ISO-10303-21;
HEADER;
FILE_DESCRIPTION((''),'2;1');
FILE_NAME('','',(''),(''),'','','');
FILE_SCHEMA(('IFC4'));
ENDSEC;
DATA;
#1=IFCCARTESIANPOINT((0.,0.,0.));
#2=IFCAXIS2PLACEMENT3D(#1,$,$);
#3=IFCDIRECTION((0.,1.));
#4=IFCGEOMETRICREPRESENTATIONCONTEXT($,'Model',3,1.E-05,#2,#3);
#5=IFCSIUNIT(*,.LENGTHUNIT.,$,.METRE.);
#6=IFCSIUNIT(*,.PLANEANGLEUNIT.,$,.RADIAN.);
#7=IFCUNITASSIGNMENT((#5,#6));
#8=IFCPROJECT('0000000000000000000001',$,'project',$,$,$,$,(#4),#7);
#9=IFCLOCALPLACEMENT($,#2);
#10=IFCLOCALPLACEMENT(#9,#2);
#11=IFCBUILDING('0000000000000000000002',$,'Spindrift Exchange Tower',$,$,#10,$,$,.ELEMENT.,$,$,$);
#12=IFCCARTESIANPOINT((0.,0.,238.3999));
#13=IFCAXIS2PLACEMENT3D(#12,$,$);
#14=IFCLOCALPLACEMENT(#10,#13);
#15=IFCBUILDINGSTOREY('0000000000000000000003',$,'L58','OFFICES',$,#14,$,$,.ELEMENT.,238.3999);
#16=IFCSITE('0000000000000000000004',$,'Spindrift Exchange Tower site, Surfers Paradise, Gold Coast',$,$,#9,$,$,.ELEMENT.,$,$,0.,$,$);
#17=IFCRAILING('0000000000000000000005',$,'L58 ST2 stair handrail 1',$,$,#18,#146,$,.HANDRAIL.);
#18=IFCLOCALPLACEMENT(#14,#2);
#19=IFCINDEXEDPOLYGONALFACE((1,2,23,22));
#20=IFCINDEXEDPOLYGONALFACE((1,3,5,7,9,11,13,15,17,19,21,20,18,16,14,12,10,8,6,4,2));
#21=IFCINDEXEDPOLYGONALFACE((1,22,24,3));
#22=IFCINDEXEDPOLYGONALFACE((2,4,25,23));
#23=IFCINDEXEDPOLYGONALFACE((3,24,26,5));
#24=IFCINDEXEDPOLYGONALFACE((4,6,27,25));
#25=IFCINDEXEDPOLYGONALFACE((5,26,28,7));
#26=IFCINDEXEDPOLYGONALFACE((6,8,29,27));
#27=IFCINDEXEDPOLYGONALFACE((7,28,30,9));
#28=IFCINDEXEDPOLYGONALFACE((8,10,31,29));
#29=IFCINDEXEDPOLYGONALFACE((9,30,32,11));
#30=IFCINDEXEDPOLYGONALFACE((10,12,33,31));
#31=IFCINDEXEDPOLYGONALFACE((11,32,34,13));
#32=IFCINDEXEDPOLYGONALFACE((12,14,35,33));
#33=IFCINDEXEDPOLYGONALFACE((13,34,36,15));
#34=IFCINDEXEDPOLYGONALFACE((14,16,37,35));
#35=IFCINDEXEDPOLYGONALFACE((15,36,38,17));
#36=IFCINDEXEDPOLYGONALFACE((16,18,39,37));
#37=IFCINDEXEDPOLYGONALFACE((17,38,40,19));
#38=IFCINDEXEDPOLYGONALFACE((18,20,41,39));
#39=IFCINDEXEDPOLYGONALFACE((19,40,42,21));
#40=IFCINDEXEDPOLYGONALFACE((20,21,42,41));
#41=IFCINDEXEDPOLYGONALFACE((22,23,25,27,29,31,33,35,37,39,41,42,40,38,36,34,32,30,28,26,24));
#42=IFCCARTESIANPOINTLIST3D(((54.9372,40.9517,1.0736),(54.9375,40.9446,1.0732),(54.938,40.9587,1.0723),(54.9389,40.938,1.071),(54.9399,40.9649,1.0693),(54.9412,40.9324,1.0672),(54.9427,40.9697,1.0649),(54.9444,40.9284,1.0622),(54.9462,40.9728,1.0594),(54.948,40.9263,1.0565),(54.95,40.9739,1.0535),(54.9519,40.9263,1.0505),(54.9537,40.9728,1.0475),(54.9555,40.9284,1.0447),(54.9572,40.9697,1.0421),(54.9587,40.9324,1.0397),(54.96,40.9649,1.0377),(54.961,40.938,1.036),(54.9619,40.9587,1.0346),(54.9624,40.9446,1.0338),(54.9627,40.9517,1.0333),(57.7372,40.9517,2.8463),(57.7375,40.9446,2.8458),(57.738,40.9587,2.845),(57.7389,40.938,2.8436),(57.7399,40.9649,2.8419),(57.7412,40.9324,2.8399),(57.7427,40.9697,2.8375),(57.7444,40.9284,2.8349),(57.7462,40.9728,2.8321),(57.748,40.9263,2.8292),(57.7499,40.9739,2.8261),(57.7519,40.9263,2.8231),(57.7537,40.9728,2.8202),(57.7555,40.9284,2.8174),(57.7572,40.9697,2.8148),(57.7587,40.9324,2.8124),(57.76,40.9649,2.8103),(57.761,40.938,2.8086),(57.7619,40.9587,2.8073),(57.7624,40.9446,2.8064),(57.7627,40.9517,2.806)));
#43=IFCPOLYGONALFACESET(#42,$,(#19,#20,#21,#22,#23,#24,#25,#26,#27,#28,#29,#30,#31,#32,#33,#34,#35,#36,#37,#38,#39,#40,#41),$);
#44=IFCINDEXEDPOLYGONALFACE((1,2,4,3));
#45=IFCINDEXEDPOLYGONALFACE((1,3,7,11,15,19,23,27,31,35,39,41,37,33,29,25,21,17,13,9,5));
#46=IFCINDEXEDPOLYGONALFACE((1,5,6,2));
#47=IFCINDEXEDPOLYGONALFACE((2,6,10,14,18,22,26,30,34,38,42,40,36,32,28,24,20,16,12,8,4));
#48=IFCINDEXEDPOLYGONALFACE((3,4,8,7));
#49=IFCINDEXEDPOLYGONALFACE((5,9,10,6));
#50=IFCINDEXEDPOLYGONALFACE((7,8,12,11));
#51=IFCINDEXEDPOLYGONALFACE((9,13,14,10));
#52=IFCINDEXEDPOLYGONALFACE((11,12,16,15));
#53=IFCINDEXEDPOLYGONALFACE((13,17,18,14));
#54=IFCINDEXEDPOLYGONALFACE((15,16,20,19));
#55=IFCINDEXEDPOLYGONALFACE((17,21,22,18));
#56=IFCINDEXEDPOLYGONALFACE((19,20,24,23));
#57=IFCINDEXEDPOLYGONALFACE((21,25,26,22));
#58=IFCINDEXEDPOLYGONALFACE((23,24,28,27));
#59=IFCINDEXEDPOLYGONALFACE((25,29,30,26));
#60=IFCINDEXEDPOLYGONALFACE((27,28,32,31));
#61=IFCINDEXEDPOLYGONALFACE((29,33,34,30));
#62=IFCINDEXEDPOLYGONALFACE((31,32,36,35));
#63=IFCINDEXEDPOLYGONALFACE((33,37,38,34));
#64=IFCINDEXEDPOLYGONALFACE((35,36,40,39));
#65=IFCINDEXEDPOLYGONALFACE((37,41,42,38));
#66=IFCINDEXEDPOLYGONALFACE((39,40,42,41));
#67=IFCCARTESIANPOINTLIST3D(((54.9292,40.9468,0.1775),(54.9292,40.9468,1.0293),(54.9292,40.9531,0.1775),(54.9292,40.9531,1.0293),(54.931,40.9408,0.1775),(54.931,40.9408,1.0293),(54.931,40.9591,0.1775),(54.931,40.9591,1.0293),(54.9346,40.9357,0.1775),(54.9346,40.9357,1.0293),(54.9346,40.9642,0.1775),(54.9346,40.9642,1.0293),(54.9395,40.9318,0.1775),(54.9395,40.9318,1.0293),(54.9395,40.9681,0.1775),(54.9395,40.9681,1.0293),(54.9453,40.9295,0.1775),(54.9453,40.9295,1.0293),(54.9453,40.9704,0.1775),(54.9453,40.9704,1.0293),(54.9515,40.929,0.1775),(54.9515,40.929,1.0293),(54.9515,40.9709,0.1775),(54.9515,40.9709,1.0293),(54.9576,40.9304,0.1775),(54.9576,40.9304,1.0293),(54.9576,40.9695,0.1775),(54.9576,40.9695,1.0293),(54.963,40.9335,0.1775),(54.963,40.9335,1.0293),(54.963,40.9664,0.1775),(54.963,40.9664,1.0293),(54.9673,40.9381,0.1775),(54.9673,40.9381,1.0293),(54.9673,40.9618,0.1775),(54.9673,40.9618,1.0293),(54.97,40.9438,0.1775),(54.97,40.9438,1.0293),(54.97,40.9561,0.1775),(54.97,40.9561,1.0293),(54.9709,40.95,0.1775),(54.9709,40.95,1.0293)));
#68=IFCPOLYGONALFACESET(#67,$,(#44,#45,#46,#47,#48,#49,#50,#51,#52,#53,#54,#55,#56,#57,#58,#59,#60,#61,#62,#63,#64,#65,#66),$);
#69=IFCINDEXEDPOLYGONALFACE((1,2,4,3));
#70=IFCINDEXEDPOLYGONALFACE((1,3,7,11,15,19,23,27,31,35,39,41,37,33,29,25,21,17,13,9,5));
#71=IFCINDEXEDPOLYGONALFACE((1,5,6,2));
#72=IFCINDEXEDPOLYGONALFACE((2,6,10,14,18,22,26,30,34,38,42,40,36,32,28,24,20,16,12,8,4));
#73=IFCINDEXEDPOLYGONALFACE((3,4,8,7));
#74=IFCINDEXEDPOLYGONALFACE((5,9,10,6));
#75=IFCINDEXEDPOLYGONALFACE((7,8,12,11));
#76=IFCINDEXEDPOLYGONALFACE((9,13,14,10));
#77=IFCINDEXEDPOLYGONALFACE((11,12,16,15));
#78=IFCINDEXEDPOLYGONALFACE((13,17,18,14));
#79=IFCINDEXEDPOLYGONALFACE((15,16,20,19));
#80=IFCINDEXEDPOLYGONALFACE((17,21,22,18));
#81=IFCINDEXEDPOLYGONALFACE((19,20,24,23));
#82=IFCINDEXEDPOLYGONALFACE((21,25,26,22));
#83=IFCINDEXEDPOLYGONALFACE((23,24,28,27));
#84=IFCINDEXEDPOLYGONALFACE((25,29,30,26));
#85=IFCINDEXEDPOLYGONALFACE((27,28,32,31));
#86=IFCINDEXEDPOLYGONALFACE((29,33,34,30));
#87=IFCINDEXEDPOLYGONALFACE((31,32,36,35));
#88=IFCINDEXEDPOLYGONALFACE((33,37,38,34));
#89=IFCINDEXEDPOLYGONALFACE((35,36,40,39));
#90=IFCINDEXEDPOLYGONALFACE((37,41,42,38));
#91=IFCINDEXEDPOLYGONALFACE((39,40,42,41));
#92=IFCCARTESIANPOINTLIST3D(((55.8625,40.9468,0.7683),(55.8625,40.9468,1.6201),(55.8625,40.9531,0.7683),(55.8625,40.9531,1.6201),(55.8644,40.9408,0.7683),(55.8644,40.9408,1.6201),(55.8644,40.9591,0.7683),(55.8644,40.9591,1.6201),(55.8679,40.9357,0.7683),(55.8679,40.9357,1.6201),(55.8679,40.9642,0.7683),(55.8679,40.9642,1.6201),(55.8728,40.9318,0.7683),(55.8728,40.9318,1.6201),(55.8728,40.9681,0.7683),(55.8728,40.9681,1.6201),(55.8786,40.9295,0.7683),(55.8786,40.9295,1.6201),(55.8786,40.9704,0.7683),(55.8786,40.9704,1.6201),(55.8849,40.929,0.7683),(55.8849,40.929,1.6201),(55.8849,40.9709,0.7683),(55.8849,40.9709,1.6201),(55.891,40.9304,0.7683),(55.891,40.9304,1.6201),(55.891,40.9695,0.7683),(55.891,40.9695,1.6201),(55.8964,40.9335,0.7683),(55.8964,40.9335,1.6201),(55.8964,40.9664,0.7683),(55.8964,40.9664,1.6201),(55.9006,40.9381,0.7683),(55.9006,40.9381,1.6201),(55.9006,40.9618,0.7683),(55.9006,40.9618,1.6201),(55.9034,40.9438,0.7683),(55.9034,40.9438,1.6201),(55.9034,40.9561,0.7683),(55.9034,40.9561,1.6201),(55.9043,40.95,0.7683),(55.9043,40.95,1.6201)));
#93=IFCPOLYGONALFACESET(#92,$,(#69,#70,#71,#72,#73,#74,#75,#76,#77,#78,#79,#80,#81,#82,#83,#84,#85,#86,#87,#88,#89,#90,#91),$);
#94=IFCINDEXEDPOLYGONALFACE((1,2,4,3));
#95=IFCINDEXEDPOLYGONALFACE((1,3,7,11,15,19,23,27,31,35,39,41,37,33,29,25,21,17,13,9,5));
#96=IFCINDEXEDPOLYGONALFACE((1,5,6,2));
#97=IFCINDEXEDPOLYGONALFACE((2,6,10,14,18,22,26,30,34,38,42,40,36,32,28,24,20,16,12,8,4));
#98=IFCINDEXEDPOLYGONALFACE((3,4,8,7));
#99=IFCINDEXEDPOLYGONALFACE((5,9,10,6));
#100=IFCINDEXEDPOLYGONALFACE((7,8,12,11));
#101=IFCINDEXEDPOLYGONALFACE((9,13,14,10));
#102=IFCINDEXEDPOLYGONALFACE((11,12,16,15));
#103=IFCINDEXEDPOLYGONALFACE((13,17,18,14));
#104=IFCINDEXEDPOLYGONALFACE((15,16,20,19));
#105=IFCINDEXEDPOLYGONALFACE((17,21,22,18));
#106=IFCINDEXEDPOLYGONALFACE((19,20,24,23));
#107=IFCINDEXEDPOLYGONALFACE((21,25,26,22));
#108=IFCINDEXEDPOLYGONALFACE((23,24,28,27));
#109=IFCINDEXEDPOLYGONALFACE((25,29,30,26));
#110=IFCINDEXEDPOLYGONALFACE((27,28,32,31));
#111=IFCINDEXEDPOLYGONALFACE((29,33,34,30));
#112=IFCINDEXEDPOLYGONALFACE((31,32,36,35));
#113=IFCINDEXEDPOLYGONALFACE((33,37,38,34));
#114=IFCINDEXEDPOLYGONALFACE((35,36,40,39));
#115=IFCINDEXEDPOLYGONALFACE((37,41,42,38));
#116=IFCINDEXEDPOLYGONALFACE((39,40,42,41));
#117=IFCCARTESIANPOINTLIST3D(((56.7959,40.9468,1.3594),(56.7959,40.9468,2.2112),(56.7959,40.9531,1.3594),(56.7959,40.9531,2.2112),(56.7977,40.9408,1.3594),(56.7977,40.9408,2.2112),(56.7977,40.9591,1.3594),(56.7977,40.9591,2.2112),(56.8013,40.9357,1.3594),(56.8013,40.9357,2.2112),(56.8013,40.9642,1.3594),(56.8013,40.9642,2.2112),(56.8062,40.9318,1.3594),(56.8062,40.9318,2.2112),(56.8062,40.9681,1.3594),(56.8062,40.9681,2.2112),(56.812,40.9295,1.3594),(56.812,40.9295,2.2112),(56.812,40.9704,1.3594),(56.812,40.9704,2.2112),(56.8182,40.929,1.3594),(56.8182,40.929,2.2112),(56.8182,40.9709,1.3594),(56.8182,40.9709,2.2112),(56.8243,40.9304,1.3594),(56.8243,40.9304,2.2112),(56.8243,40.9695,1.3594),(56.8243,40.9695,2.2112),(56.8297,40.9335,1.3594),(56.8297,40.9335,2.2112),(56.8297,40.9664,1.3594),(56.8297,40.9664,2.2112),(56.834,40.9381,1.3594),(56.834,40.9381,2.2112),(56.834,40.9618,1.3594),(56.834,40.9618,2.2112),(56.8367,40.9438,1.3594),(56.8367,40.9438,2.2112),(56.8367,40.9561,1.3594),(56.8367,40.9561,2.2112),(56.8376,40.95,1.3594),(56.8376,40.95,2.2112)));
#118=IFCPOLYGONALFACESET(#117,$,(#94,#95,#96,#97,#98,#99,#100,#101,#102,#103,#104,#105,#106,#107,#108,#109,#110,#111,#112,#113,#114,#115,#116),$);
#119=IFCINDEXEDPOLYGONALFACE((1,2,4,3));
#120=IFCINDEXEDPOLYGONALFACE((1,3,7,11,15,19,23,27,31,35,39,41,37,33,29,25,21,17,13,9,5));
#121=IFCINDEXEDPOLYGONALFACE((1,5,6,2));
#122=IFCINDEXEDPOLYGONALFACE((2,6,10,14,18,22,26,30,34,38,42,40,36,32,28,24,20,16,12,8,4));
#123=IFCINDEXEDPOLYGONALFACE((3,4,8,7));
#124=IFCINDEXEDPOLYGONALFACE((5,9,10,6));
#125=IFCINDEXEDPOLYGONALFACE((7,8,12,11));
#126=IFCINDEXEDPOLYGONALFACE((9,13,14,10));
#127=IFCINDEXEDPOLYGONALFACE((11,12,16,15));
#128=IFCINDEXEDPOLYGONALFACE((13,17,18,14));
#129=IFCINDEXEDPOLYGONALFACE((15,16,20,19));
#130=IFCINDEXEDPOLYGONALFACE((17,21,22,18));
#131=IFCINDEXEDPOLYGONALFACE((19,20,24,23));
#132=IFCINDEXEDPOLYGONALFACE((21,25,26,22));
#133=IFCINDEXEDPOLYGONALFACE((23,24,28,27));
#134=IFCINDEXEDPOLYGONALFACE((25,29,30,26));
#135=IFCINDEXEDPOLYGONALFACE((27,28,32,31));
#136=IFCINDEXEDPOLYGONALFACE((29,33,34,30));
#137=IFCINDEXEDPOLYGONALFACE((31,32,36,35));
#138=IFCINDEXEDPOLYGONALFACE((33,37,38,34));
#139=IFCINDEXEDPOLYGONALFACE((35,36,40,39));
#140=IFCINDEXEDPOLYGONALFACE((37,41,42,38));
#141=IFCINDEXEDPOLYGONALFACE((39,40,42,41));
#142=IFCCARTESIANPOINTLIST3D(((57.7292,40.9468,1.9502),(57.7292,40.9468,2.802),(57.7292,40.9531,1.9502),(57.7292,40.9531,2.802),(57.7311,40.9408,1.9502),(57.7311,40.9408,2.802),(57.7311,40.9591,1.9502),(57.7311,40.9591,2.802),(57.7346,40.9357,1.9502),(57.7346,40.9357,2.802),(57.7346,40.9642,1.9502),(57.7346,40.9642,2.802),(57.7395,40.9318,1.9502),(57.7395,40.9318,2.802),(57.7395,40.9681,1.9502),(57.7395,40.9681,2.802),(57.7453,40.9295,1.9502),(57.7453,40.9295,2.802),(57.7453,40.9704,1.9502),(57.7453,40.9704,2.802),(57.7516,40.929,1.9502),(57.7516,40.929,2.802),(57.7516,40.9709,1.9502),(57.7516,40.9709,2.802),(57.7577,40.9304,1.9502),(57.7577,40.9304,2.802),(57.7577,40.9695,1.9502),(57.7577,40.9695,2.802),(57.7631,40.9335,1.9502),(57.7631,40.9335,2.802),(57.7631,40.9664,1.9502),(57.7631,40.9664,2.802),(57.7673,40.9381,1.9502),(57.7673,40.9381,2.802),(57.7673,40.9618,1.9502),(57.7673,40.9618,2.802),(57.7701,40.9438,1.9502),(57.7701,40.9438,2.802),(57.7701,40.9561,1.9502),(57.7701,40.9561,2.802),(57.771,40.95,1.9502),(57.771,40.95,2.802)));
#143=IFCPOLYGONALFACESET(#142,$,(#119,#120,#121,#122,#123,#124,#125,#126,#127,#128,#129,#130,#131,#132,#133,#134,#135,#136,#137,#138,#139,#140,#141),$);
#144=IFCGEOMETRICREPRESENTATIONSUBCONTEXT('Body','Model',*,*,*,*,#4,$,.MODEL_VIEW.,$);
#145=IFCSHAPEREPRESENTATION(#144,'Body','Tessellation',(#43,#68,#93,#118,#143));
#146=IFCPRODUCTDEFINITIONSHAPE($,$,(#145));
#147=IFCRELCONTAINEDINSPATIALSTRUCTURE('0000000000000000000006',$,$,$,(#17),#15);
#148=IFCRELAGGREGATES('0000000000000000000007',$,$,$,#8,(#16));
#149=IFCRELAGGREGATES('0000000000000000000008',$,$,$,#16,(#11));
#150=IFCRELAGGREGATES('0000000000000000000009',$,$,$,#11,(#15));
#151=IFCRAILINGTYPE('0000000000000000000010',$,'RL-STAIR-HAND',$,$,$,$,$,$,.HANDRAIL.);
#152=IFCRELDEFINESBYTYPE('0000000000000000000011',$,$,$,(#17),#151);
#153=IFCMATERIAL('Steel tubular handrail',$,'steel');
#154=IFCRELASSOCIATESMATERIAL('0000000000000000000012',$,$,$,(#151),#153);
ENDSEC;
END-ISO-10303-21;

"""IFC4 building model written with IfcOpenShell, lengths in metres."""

from ifc_helpers import new_model, si_unit, direction, frame, origin, origin_2d, place, context, subcontext, project, spatial, circle, extrude, material, type_object, element, save


model = new_model("IFC4")

# Units and contexts
model_context = context("Model", 3, precision=1e-05, world=origin(), true_north=direction((0.0, 1.0)))
body_context = subcontext(model_context, "Body", "Model", "MODEL_VIEW")
ifc_project = project(units=[si_unit("LENGTHUNIT", "METRE"), si_unit("PLANEANGLEUNIT", "RADIAN")], contexts=[model_context])

# Site, building, storey
site_placement = place(None, origin())
site = spatial("IfcSite", under=ifc_project, at=site_placement, Name="Spindrift Exchange Tower site, Surfers Paradise, Gold Coast", CompositionType="ELEMENT", RefElevation=0.0)
building_placement = place(site_placement, origin())
building = spatial("IfcBuilding", under=site, at=building_placement, Name="Spindrift Exchange Tower", CompositionType="ELEMENT")
storey_placement = place(building_placement, frame((0.0, 0.0, 238.3999)))
storey = spatial("IfcBuildingStorey", under=building, at=storey_placement, Name="L58", Description="OFFICES", CompositionType="ELEMENT", Elevation=238.3999)

# Railing
ifc_material_1 = material(Name="Steel tubular handrail", Category="steel")
railing_type_1 = type_object("IfcRailingType", Name="RL-STAIR-HAND", PredefinedType="HANDRAIL", material=ifc_material_1)
railing_1_placement = place(storey_placement, frame((54.95, 40.95, 0.1775)))
element("IfcRailing", 1, at=railing_1_placement, inside=storey, type_object=railing_type_1, Name="L58 ST2 stair handrail 1", PredefinedType="HANDRAIL", context=body_context, shape_type="SweptSolid", body=[
    extrude(circle(Radius=0.0239, at=origin_2d()), frame((0.0, 0.0, 0.876), z_axis=(0.844909, 0.0, 0.53491), x_axis=(0.0, 1.0, 0.0)), (0.0, 0.0, 1.0), 3.314),
    extrude(circle(Radius=0.021, at=origin_2d()), origin(), (0.0, 0.0, 1.0), 0.8518),
    extrude(circle(Radius=0.021, at=origin_2d()), frame((0.9333, 0.0, 0.5908)), (0.0, 0.0, 1.0), 0.8518),
    extrude(circle(Radius=0.021, at=origin_2d()), frame((1.8667, 0.0, 1.1819)), (0.0, 0.0, 1.0), 0.8518),
    extrude(circle(Radius=0.021, at=origin_2d()), frame((2.8, 0.0, 1.7727)), (0.0, 0.0, 1.0), 0.8518),
])

save(model, "model.ifc")
